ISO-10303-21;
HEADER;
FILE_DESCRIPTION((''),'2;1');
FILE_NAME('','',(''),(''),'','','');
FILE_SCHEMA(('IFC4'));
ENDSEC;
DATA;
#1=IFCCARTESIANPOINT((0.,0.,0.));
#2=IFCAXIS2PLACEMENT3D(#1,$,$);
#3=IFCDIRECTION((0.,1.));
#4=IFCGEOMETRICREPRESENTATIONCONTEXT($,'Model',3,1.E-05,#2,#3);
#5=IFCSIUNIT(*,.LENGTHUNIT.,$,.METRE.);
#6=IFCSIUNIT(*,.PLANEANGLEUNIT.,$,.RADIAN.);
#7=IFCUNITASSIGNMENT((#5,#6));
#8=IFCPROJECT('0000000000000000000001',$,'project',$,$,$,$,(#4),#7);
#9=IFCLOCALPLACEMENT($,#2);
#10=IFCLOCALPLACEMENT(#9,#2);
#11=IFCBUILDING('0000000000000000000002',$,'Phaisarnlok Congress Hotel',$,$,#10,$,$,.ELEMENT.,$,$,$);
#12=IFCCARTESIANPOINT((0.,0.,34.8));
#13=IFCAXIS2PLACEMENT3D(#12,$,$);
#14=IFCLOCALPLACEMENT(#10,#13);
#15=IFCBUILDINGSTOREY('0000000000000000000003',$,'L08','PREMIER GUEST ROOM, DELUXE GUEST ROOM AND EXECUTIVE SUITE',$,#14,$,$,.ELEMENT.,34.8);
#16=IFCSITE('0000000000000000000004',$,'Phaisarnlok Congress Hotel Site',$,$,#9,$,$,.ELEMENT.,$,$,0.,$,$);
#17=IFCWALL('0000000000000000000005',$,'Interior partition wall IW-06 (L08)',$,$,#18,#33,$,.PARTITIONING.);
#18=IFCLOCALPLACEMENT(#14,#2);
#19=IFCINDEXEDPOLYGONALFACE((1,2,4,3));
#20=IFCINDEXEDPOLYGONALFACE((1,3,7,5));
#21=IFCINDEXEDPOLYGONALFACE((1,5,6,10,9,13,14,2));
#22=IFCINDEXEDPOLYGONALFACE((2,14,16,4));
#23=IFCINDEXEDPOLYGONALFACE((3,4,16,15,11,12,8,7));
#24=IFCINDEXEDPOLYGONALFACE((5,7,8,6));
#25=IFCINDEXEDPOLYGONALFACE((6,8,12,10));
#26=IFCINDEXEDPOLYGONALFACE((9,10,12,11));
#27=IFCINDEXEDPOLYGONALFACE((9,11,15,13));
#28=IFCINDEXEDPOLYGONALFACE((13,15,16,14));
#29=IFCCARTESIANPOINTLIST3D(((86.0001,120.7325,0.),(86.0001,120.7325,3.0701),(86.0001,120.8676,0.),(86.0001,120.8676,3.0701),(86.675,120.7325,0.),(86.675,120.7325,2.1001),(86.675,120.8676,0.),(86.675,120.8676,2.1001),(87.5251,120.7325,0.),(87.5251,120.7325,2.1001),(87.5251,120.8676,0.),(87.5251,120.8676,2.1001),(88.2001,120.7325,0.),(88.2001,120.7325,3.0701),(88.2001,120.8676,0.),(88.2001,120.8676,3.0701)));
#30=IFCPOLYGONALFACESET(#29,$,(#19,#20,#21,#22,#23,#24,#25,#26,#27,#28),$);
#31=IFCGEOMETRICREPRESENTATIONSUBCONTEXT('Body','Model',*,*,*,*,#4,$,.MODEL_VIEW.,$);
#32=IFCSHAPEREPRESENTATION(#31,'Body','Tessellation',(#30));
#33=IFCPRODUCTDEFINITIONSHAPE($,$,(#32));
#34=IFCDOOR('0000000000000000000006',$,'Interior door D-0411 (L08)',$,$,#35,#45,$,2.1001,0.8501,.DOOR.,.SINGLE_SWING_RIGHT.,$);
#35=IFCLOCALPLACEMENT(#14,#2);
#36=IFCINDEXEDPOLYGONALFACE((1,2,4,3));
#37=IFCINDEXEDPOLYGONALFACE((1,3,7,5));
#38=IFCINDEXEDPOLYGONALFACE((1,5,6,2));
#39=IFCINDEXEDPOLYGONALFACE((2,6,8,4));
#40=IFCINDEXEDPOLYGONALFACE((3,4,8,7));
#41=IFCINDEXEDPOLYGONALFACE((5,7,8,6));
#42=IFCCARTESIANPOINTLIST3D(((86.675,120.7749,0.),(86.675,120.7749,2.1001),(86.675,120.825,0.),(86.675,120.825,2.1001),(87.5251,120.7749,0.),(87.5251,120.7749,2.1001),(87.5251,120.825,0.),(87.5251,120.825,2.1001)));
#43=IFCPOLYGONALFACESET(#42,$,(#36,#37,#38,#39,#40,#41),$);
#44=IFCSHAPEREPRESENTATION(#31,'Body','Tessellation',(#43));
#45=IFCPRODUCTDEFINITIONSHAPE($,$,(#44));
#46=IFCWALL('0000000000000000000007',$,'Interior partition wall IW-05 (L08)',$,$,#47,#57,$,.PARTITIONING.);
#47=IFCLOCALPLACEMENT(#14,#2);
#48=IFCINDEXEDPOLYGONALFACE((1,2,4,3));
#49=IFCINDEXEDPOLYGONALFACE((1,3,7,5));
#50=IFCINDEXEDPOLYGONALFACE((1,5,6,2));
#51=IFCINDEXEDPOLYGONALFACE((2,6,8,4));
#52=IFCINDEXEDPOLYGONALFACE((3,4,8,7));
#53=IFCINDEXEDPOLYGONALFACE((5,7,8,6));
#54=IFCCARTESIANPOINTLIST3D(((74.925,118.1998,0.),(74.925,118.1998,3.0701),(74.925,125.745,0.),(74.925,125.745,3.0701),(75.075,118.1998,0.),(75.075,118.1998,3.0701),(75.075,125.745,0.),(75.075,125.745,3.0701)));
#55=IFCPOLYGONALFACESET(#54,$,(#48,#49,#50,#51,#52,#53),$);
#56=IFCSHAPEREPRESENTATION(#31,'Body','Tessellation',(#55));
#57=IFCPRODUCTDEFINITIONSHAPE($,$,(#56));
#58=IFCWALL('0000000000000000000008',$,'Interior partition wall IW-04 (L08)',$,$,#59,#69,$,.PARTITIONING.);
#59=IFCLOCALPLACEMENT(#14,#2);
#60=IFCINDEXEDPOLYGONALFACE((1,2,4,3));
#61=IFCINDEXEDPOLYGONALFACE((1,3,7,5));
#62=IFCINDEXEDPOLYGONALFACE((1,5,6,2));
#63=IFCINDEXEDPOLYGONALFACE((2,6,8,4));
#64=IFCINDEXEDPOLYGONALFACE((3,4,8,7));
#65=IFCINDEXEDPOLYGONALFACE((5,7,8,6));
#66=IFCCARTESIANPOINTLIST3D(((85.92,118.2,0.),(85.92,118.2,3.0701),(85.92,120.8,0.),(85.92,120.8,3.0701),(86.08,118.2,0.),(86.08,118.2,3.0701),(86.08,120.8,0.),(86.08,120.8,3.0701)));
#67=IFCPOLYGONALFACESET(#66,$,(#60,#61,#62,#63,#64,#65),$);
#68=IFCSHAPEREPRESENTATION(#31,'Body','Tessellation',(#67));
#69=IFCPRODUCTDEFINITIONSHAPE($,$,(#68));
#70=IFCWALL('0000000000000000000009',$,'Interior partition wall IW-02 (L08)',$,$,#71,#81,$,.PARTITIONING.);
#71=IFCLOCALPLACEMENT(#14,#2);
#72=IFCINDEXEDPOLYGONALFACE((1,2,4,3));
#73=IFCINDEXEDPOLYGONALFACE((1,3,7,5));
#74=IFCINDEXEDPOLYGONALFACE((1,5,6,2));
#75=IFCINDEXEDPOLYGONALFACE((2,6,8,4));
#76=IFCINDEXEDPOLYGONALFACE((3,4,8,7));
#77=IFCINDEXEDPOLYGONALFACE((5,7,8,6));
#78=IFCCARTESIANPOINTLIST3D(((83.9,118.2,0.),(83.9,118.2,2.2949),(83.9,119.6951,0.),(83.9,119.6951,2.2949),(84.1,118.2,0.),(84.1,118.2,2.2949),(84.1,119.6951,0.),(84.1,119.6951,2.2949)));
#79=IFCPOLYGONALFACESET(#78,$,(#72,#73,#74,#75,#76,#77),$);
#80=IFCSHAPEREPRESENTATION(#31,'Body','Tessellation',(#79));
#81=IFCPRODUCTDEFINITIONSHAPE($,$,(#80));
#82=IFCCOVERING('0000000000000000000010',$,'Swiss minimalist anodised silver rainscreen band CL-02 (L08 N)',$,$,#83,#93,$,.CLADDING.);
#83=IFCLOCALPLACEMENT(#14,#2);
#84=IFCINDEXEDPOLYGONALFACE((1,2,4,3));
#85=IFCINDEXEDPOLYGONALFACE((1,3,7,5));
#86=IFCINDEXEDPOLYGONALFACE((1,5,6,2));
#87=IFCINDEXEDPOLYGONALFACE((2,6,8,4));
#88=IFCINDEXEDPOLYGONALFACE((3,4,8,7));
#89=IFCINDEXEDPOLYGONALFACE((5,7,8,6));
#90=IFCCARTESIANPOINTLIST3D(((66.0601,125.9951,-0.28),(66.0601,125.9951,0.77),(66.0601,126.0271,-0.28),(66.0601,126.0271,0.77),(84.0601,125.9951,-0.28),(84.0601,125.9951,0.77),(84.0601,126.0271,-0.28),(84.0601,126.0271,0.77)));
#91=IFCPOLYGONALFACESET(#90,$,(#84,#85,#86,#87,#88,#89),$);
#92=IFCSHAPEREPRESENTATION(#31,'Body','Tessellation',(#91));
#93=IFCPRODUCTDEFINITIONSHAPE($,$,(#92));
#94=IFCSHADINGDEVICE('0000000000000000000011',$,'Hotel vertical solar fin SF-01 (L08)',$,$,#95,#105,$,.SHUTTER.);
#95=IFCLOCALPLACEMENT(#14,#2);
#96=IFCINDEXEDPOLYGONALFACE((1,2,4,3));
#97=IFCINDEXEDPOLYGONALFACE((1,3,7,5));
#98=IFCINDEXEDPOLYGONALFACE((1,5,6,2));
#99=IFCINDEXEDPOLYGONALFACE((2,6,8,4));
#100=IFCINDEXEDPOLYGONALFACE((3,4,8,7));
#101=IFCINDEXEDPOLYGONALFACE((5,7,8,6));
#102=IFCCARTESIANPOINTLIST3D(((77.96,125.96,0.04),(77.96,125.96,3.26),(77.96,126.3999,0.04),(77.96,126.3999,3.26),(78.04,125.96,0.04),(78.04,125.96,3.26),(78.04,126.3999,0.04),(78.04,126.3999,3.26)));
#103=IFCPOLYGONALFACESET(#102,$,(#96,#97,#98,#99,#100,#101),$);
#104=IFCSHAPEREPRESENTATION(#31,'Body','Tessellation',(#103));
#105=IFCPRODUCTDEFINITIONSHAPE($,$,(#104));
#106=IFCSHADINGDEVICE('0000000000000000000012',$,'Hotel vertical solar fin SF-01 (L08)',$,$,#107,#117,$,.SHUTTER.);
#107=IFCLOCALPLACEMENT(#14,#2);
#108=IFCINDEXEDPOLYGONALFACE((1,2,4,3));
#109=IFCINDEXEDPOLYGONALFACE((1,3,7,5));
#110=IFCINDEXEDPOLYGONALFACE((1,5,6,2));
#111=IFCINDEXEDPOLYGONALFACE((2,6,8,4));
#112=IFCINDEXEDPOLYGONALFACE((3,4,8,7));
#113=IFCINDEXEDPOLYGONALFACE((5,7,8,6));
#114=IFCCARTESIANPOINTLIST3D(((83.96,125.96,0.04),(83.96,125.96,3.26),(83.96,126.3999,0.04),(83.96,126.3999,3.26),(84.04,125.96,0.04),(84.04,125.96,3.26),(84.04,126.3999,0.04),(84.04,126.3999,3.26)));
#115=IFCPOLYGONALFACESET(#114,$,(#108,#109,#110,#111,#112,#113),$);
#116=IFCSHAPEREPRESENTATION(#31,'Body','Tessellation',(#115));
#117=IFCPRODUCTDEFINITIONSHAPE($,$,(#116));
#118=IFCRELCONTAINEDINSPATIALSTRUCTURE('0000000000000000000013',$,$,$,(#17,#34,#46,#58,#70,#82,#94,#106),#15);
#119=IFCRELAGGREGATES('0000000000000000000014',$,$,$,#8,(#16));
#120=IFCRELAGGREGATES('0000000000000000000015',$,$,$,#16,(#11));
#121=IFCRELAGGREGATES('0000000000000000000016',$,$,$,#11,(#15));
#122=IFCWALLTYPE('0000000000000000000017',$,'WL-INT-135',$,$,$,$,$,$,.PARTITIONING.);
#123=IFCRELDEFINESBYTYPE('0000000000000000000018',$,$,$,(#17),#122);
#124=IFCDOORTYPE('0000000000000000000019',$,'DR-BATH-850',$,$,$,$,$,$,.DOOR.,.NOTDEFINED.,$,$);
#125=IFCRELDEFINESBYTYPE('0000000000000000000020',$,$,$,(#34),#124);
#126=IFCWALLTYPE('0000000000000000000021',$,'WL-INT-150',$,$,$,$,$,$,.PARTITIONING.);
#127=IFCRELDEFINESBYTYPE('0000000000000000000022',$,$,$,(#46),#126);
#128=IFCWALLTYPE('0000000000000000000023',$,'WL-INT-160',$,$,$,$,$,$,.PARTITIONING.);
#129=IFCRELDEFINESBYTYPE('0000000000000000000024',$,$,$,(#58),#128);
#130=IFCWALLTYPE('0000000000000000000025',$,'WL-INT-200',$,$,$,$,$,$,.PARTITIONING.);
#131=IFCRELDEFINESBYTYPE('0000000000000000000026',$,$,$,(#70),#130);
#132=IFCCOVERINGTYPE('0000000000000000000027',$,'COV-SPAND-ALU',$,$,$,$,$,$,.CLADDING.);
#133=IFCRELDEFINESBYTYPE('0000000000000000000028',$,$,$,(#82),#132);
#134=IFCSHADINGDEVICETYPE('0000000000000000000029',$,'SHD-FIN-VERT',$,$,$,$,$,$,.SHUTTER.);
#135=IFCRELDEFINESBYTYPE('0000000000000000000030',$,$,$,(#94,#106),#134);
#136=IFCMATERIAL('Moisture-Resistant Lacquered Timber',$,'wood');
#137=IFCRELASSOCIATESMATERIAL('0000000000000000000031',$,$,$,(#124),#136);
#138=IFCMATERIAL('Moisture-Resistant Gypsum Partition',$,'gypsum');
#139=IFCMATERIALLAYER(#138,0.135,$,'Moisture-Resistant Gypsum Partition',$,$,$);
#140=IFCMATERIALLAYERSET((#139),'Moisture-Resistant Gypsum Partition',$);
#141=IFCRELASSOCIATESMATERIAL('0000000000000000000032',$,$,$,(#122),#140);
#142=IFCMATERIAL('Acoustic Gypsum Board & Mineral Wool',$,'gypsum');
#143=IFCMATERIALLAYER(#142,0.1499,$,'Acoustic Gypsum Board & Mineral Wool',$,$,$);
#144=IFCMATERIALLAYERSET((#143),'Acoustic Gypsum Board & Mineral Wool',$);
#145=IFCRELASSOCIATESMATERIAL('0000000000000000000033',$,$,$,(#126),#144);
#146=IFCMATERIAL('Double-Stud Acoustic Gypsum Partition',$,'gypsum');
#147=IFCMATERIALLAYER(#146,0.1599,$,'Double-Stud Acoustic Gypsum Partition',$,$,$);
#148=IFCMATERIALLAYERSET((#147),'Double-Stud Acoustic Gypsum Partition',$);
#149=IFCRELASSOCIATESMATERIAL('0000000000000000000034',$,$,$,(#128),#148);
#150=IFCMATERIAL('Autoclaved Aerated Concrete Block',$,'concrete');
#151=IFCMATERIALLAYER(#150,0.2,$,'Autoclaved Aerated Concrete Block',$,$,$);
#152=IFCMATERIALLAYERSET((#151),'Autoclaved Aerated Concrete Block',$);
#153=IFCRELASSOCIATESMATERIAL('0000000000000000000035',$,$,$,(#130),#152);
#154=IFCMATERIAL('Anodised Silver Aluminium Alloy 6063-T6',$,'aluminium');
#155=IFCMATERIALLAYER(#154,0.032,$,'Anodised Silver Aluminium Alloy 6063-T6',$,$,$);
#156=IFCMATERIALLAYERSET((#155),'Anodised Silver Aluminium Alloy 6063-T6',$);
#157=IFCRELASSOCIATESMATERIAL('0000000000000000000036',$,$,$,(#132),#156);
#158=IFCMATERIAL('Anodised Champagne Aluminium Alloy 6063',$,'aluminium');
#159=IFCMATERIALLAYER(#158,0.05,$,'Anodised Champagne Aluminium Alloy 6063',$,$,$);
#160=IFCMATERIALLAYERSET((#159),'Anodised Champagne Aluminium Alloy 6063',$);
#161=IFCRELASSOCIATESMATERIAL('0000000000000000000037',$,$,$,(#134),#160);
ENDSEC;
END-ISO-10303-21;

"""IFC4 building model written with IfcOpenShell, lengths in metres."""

from ifc_helpers import new_model, si_unit, direction, frame, frame_2d, origin, origin_2d, place, context, subcontext, project, spatial, polyline, rectangle, outline, extrude, material, layer, layer_set, type_object, element, fill, save


model = new_model("IFC4")

# Units and contexts
model_context = context("Model", 3, precision=1e-05, world=origin(), true_north=direction((0.0, 1.0)))
body_context = subcontext(model_context, "Body", "Model", "MODEL_VIEW")
ifc_project = project(units=[si_unit("LENGTHUNIT", "METRE"), si_unit("PLANEANGLEUNIT", "RADIAN")], contexts=[model_context])

# Site, building, storey
site_placement = place(None, origin())
site = spatial("IfcSite", under=ifc_project, at=site_placement, Name="Phaisarnlok Congress Hotel Site", CompositionType="ELEMENT", RefElevation=0.0)
building_placement = place(site_placement, origin())
building = spatial("IfcBuilding", under=site, at=building_placement, Name="Phaisarnlok Congress Hotel", CompositionType="ELEMENT")
storey_placement = place(building_placement, frame((0.0, 0.0, 34.8)))
storey = spatial("IfcBuildingStorey", under=building, at=storey_placement, Name="L08", Description="PREMIER GUEST ROOM, DELUXE GUEST ROOM AND EXECUTIVE SUITE", CompositionType="ELEMENT", Elevation=34.8)

# Shared definitions
ifc_material_1 = material(Name="Moisture-Resistant Lacquered Timber", Category="wood")
door_type = type_object("IfcDoorType", Name="DR-BATH-850", OperationType="NOTDEFINED", PredefinedType="DOOR", material=ifc_material_1)

# Shared definitions
ifc_material_2 = material(Name="Moisture-Resistant Gypsum Partition", Category="gypsum")
ifc_layer_1 = layer(ifc_material_2, 0.135, Name="Moisture-Resistant Gypsum Partition")
ifc_layer_set_1 = layer_set([ifc_layer_1], Name="Moisture-Resistant Gypsum Partition")
wall_type_1 = type_object("IfcWallType", Name="WL-INT-135", PredefinedType="PARTITIONING", material=ifc_layer_set_1)

# Wall, opening, door
wall_1_placement = place(storey_placement, frame((86.0, 120.8, 0.0), z_axis=(0.0, 0.0, 1.0), x_axis=(1.0, 0.0, 0.0)))
wall_1 = element("IfcWall", 1, at=wall_1_placement, inside=storey, type_object=wall_type_1, Name="Interior partition wall IW-06 (L08)", PredefinedType="PARTITIONING", context=body_context, shape_type="SweptSolid", body=[
    extrude(rectangle(XDim=2.2, YDim=0.135, at=frame_2d((1.1001, 0.0))), origin(), (0.0, 0.0, 1.0), 3.0701),
])
opening_1_placement = place(wall_1_placement, frame((0.675, 0.0, 0.0)))
opening_1 = element("IfcOpeningElement", 2, at=opening_1_placement, cuts=wall_1, PredefinedType="OPENING", context=body_context, shape_type="SweptSolid", body=[
    extrude(rectangle(XDim=0.8501, YDim=2.1001, at=frame_2d((0.425, 1.05))), frame((0.0, 0.0776, 0.0), z_axis=(0.0, -1.0, 0.0), x_axis=(1.0, 0.0, 0.0)), (0.0, 0.0, 1.0), 0.155),
])
door_1_placement = place(opening_1_placement, origin())
door_1 = element("IfcDoor", 3, at=door_1_placement, inside=storey, type_object=door_type, Name="Interior door D-0411 (L08)", OperationType="SINGLE_SWING_RIGHT", OverallHeight=2.1001, OverallWidth=0.8501, PredefinedType="DOOR", context=body_context, shape_type="SweptSolid", body=[
    extrude(rectangle(XDim=0.8501, YDim=2.1001, at=frame_2d((0.425, 1.05))), frame((0.0, 0.0249, 0.0), z_axis=(0.0, -1.0, 0.0), x_axis=(1.0, 0.0, 0.0)), (0.0, 0.0, 1.0), 0.05),
])
fill(opening_1, door_1)

# Walls
ifc_material_3 = material(Name="Acoustic Gypsum Board & Mineral Wool", Category="gypsum")
ifc_layer_2 = layer(ifc_material_3, 0.1499, Name="Acoustic Gypsum Board & Mineral Wool")
ifc_layer_set_2 = layer_set([ifc_layer_2], Name="Acoustic Gypsum Board & Mineral Wool")
wall_type_2 = type_object("IfcWallType", Name="WL-INT-150", PredefinedType="PARTITIONING", material=ifc_layer_set_2)
wall_2_placement = place(storey_placement, frame((75.0, 118.2, 0.0), z_axis=(0.0, 0.0, 1.0), x_axis=(0.0, 1.0, 0.0)))
element("IfcWall", 4, at=wall_2_placement, inside=storey, type_object=wall_type_2, Name="Interior partition wall IW-05 (L08)", PredefinedType="PARTITIONING", context=body_context, shape_type="SweptSolid", body=[
    extrude(rectangle(XDim=7.5452, YDim=0.1499, at=frame_2d((3.7725, 0.0))), origin(), (0.0, 0.0, 1.0), 3.0701),
])
ifc_material_4 = material(Name="Double-Stud Acoustic Gypsum Partition", Category="gypsum")
ifc_layer_3 = layer(ifc_material_4, 0.1599, Name="Double-Stud Acoustic Gypsum Partition")
ifc_layer_set_3 = layer_set([ifc_layer_3], Name="Double-Stud Acoustic Gypsum Partition")
wall_type_3 = type_object("IfcWallType", Name="WL-INT-160", PredefinedType="PARTITIONING", material=ifc_layer_set_3)
wall_3_placement = place(storey_placement, frame((86.0, 118.2, 0.0), z_axis=(0.0, 0.0, 1.0), x_axis=(0.0, 1.0, 0.0)))
element("IfcWall", 5, at=wall_3_placement, inside=storey, type_object=wall_type_3, Name="Interior partition wall IW-04 (L08)", PredefinedType="PARTITIONING", context=body_context, shape_type="SweptSolid", body=[
    extrude(rectangle(XDim=2.6001, YDim=0.1599, at=frame_2d((1.3, 0.0))), origin(), (0.0, 0.0, 1.0), 3.0701),
])
ifc_material_5 = material(Name="Autoclaved Aerated Concrete Block", Category="concrete")
ifc_layer_4 = layer(ifc_material_5, 0.2, Name="Autoclaved Aerated Concrete Block")
ifc_layer_set_4 = layer_set([ifc_layer_4], Name="Autoclaved Aerated Concrete Block")
wall_type_4 = type_object("IfcWallType", Name="WL-INT-200", PredefinedType="PARTITIONING", material=ifc_layer_set_4)
wall_4_placement = place(storey_placement, frame((84.0, 118.2, 0.0), z_axis=(0.0, 0.0, 1.0), x_axis=(0.0, 1.0, 0.0)))
element("IfcWall", 6, at=wall_4_placement, inside=storey, type_object=wall_type_4, Name="Interior partition wall IW-02 (L08)", PredefinedType="PARTITIONING", context=body_context, shape_type="SweptSolid", body=[
    extrude(rectangle(XDim=1.4951, YDim=0.2, at=frame_2d((0.7476, 0.0))), origin(), (0.0, 0.0, 1.0), 2.2949),
])

# Covering
ifc_material_6 = material(Name="Anodised Silver Aluminium Alloy 6063-T6", Category="aluminium")
ifc_layer_5 = layer(ifc_material_6, 0.032, Name="Anodised Silver Aluminium Alloy 6063-T6")
ifc_layer_set_5 = layer_set([ifc_layer_5], Name="Anodised Silver Aluminium Alloy 6063-T6")
covering_type = type_object("IfcCoveringType", Name="COV-SPAND-ALU", PredefinedType="CLADDING", material=ifc_layer_set_5)
covering_placement = place(storey_placement, frame((84.0601, 125.9951, -0.28), z_axis=(0.0, 1.0, 0.0), x_axis=(-1.0, 0.0, 0.0)))
element("IfcCovering", 7, at=covering_placement, inside=storey, type_object=covering_type, Name="Swiss minimalist anodised silver rainscreen band CL-02 (L08 N)", PredefinedType="CLADDING", context=body_context, shape_type="SweptSolid", body=[
    extrude(outline(polyline([(0.0, 0.0), (18.0, 0.0), (18.0, 1.05), (0.0, 1.05), (0.0, 0.0)])), origin(), (0.0, 0.0, 1.0), 0.032),
])

# Shading devices
ifc_material_7 = material(Name="Anodised Champagne Aluminium Alloy 6063", Category="aluminium")
ifc_layer_6 = layer(ifc_material_7, 0.05, Name="Anodised Champagne Aluminium Alloy 6063")
ifc_layer_set_6 = layer_set([ifc_layer_6], Name="Anodised Champagne Aluminium Alloy 6063")
shading_device_type = type_object("IfcShadingDeviceType", Name="SHD-FIN-VERT", PredefinedType="SHUTTER", material=ifc_layer_set_6)
for number, where, z_axis, x_axis, name in (
    (8, (78.0, 126.1799, 0.04), (0.0, 0.0, 1.0), (1.0, 0.0, 0.0), "Hotel vertical solar fin SF-01 (L08)"),
    (9, (84.0, 126.1799, 0.04), (0.0, 0.0, 1.0), (1.0, 0.0, 0.0), "Hotel vertical solar fin SF-01 (L08)"),
):
    element("IfcShadingDevice", number, at=place(storey_placement, frame(where, z_axis=z_axis, x_axis=x_axis)), inside=storey, type_object=shading_device_type, Name=name, PredefinedType="SHUTTER", context=body_context, shape_type="SweptSolid", body=[
        extrude(rectangle(XDim=0.0801, YDim=0.4399, at=origin_2d()), origin(), (0.0, 0.0, 1.0), 3.22),
    ])

save(model, "model.ifc")
